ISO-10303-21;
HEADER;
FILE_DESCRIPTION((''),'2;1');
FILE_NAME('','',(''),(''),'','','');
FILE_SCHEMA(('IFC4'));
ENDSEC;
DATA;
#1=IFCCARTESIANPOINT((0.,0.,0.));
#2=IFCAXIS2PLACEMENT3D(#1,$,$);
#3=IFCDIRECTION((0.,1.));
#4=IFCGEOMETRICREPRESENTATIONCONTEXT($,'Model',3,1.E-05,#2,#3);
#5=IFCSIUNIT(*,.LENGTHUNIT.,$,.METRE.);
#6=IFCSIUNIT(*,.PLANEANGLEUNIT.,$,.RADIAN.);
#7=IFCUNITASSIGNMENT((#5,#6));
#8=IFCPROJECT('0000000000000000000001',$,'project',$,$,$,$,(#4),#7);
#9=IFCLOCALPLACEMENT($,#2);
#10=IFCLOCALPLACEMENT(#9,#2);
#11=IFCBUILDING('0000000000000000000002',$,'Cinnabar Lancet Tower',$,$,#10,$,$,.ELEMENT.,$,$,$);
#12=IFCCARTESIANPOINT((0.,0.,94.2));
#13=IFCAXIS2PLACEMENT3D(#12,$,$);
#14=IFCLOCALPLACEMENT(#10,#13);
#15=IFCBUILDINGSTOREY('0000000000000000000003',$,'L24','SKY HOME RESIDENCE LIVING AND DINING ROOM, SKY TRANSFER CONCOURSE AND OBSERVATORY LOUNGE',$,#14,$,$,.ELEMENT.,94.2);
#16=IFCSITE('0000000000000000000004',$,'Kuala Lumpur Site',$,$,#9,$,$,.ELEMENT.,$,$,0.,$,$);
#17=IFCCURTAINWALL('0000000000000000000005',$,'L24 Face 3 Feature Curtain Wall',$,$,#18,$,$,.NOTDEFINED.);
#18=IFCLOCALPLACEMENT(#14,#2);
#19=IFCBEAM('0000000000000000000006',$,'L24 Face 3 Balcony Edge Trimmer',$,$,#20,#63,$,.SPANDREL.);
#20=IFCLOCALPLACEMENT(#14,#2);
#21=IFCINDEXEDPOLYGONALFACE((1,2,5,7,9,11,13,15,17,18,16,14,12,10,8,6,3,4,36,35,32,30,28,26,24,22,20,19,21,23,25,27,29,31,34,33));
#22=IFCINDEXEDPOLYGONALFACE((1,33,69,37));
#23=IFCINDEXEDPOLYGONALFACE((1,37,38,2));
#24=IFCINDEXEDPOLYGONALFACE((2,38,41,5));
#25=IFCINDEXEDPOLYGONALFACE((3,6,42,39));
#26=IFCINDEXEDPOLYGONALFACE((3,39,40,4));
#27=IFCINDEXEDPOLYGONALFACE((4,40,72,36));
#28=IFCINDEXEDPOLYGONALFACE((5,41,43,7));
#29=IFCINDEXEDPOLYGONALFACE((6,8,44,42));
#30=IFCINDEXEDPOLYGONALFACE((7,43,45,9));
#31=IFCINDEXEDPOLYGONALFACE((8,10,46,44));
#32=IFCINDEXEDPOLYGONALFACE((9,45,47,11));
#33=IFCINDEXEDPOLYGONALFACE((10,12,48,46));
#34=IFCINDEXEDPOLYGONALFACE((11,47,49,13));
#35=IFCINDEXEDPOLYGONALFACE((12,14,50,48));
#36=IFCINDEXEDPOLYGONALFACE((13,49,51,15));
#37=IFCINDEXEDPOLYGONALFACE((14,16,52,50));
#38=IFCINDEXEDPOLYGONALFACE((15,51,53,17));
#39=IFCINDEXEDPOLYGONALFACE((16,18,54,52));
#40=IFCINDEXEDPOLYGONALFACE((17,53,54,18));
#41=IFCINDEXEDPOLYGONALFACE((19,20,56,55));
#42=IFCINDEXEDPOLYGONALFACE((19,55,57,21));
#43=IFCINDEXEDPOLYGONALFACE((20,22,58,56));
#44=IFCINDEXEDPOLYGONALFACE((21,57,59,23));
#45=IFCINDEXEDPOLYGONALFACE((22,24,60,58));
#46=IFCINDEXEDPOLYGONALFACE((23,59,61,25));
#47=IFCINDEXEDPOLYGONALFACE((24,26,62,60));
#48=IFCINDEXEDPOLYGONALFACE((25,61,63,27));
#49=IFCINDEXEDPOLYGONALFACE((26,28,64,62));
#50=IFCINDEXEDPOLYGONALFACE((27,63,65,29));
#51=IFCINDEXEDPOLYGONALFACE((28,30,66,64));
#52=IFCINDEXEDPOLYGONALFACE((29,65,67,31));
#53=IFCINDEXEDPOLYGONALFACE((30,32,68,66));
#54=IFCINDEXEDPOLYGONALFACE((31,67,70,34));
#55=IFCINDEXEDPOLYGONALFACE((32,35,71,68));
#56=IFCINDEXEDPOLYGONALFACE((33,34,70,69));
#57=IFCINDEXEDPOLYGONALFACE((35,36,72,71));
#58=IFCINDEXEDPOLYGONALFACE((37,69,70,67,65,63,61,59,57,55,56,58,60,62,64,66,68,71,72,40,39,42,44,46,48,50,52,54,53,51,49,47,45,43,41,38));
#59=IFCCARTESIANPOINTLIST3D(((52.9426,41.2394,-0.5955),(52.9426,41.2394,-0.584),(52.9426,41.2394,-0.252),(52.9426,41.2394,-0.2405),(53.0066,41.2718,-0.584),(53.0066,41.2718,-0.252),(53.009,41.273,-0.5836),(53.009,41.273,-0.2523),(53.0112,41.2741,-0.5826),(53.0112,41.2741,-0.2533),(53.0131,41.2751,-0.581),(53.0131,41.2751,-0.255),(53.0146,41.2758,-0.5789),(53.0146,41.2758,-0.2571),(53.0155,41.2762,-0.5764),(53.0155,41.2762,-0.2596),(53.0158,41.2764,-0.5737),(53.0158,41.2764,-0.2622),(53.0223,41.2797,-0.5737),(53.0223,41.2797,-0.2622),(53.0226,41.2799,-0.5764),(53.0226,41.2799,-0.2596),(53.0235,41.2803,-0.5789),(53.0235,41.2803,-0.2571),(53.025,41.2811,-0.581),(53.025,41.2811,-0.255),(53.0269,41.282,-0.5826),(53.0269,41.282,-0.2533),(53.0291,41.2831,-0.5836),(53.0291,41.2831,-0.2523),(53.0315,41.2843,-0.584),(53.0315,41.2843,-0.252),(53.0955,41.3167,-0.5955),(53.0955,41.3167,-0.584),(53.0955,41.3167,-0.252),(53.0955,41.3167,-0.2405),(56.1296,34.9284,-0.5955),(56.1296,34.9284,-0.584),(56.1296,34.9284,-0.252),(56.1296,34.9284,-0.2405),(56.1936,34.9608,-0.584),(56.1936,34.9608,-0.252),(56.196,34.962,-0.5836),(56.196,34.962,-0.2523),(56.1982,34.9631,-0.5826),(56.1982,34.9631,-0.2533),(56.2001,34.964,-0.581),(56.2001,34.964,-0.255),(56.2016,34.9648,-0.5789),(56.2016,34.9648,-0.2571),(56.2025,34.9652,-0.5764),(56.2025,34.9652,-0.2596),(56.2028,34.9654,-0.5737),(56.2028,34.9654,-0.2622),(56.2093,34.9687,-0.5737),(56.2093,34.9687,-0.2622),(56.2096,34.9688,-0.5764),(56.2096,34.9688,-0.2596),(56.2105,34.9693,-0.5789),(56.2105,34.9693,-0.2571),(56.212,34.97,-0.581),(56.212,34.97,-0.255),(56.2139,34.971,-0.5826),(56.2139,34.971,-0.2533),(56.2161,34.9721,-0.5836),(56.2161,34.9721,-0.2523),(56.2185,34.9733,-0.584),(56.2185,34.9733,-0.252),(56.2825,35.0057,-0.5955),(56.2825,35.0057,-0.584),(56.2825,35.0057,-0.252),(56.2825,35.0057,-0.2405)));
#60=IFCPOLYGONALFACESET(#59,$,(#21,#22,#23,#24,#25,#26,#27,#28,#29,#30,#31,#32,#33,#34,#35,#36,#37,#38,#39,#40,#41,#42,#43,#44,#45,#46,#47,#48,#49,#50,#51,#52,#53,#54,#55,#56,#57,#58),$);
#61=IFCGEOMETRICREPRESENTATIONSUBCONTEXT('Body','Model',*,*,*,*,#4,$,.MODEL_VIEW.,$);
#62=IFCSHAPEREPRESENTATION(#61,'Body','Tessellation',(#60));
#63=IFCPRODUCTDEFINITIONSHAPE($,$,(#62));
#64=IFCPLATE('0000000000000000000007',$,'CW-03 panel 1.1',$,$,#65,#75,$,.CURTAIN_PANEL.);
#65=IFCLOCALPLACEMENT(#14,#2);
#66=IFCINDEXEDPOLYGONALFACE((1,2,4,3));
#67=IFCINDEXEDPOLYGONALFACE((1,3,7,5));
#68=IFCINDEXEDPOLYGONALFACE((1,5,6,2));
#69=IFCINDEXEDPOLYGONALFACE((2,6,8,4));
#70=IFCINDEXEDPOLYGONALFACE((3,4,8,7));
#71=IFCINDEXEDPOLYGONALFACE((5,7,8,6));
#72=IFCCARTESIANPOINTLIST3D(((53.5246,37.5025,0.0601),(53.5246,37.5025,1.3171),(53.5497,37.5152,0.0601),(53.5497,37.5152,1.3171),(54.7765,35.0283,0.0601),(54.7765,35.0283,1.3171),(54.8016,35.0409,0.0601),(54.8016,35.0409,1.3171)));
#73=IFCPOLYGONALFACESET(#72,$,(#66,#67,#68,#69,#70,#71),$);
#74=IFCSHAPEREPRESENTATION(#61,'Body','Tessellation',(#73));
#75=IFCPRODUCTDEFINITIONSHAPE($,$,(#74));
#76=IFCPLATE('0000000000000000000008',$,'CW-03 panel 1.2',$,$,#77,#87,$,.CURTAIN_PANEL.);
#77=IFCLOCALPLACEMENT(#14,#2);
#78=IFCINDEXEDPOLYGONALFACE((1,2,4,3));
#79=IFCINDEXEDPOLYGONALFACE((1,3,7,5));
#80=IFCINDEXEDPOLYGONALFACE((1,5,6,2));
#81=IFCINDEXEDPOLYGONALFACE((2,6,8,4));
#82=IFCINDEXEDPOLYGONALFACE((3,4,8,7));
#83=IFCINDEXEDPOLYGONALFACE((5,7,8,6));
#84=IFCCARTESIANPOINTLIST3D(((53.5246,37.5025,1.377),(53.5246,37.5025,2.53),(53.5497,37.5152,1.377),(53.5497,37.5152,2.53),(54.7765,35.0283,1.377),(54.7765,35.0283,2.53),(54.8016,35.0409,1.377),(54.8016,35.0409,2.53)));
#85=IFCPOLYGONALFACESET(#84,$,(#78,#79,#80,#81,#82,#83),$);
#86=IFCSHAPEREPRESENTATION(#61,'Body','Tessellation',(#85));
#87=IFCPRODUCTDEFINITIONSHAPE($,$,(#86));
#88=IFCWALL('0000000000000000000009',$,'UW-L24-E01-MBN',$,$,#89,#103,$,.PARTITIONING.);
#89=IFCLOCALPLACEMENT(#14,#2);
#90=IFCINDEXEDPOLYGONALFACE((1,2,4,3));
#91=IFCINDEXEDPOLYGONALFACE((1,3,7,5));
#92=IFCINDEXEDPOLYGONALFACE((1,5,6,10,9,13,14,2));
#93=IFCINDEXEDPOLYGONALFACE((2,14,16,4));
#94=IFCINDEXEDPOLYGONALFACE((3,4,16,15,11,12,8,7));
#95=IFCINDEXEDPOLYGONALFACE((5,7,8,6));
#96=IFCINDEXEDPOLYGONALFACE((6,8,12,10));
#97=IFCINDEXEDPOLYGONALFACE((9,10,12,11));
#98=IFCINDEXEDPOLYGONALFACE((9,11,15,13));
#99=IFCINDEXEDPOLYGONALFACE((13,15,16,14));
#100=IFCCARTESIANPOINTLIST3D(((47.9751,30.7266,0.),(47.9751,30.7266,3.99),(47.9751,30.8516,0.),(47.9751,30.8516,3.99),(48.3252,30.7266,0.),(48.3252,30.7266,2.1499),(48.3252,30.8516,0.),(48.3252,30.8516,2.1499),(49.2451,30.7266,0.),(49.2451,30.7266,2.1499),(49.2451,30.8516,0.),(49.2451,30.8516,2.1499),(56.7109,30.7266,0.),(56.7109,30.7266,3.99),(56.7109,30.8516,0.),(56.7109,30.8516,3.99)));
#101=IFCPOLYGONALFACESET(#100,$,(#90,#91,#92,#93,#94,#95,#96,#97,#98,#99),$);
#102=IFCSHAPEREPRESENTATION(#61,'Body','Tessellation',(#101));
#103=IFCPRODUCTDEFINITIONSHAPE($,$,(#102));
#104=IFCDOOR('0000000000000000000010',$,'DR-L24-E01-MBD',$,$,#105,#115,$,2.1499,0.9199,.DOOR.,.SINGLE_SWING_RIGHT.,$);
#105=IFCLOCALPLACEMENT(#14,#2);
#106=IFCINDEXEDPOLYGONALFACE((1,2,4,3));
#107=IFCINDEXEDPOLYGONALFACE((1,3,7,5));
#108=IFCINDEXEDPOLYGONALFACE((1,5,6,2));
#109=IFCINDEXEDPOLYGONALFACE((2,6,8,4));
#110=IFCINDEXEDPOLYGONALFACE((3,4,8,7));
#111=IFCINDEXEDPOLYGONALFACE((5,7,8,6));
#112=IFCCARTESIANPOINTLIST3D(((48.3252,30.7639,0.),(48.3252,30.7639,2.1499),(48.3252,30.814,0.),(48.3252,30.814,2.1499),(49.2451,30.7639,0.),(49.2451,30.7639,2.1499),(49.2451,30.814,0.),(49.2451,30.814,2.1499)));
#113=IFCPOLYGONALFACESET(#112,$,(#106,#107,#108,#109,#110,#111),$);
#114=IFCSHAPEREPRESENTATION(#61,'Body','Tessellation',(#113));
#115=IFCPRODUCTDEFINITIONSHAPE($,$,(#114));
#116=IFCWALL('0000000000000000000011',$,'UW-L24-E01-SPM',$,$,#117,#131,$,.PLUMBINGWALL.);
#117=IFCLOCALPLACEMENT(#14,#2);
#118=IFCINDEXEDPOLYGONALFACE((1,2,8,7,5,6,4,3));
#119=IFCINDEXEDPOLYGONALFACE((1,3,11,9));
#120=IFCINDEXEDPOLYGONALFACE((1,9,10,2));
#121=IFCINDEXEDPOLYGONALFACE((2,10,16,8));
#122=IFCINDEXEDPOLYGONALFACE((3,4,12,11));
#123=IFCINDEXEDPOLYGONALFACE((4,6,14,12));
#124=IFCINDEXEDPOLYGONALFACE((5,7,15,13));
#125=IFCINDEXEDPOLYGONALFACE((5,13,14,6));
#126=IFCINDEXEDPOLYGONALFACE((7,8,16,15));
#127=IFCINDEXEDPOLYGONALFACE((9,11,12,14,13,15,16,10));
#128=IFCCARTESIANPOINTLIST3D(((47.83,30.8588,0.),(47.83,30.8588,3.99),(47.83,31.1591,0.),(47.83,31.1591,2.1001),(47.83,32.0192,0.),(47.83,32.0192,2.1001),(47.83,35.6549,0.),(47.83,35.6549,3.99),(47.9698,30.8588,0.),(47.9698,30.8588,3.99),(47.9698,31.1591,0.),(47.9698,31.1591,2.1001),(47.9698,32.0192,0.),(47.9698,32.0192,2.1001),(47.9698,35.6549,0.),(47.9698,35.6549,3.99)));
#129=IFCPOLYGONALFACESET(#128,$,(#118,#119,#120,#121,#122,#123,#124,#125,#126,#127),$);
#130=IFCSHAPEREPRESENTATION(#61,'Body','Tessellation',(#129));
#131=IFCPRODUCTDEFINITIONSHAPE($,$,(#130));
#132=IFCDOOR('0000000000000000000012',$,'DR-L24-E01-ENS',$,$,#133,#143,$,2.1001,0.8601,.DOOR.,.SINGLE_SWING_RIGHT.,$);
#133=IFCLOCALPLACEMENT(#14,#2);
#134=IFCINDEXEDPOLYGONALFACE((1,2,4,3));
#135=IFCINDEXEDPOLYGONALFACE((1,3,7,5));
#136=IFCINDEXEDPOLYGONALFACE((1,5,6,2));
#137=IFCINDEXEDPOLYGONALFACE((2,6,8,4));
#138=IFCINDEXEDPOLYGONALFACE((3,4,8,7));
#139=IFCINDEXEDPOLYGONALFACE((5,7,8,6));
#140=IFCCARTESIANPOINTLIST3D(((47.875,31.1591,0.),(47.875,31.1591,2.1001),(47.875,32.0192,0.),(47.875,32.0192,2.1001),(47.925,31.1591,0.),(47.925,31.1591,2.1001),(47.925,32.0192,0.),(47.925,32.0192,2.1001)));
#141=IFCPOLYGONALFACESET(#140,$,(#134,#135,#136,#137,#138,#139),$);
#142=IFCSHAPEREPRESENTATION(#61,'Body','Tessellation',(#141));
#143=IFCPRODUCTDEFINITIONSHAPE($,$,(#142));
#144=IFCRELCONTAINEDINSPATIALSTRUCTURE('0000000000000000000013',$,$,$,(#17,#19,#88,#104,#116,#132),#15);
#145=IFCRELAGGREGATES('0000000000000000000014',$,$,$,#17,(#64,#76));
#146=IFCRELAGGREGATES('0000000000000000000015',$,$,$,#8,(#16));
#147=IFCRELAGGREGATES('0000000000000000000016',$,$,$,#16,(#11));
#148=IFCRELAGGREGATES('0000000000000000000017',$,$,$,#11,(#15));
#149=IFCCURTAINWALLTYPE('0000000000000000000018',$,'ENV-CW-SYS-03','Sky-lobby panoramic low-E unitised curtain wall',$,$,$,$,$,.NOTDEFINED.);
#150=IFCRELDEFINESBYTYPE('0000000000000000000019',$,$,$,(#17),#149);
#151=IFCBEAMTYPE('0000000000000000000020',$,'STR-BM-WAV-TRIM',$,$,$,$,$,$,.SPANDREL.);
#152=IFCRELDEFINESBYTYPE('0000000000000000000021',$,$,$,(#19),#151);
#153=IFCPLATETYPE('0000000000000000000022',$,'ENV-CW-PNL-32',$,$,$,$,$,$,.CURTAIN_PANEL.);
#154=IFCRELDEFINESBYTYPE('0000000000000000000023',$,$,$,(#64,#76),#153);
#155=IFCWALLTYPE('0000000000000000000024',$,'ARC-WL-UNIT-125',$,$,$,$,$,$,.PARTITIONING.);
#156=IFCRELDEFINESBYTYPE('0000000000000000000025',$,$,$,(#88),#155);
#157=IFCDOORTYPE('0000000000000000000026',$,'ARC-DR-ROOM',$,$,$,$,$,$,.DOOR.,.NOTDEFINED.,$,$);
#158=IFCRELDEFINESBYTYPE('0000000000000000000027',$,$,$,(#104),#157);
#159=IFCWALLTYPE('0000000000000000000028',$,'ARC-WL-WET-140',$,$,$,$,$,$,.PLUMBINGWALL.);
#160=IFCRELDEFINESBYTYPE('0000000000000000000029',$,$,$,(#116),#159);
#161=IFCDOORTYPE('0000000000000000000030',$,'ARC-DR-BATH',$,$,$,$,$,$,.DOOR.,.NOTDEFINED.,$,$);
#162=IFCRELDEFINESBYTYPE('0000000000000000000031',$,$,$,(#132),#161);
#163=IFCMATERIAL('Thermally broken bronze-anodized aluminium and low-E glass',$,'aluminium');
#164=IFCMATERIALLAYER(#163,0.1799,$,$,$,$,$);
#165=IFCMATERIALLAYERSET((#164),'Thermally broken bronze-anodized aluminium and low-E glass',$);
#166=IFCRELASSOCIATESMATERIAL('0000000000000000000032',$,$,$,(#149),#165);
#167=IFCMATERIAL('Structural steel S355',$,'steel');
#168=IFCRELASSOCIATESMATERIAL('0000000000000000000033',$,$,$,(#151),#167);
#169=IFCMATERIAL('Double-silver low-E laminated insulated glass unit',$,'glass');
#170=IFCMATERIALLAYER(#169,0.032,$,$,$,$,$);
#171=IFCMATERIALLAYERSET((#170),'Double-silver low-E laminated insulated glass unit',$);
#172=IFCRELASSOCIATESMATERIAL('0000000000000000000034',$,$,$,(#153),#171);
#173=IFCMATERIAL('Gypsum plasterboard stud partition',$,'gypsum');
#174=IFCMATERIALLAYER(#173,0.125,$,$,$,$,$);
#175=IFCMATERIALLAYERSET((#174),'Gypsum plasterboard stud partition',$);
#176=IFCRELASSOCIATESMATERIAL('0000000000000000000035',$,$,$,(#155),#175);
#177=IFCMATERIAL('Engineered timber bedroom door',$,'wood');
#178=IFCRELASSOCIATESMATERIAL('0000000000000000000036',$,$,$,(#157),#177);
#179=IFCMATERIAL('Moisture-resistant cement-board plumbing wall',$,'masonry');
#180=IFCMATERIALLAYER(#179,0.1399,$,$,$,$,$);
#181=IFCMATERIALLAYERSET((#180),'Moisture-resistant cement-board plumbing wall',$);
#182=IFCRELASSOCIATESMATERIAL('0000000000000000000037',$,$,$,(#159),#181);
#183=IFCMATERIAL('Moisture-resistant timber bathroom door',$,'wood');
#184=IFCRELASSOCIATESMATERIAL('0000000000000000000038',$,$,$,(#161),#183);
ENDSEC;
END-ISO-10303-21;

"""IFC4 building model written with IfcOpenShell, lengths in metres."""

from ifc_helpers import new_model, si_unit, direction, frame, frame_2d, origin, origin_2d, place, context, subcontext, project, spatial, rectangle, i_section, extrude, material, layer, layer_set, material_profile, profile_set, type_object, element, fill, aggregate, save


model = new_model("IFC4")

# Units and contexts
model_context = context("Model", 3, precision=1e-05, world=origin(), true_north=direction((0.0, 1.0)))
body_context = subcontext(model_context, "Body", "Model", "MODEL_VIEW")
ifc_project = project(units=[si_unit("LENGTHUNIT", "METRE"), si_unit("PLANEANGLEUNIT", "RADIAN")], contexts=[model_context])

# Site, building, storey
site_placement = place(None, origin())
site = spatial("IfcSite", under=ifc_project, at=site_placement, Name="Kuala Lumpur Site", CompositionType="ELEMENT", RefElevation=0.0)
building_placement = place(site_placement, origin())
building = spatial("IfcBuilding", under=site, at=building_placement, Name="Cinnabar Lancet Tower", CompositionType="ELEMENT")
storey_placement = place(building_placement, frame((0.0, 0.0, 94.2)))
storey = spatial("IfcBuildingStorey", under=building, at=storey_placement, Name="L24", Description="SKY HOME RESIDENCE LIVING AND DINING ROOM, SKY TRANSFER CONCOURSE AND OBSERVATORY LOUNGE", CompositionType="ELEMENT", Elevation=94.2)

# Curtain wall
ifc_material_1 = material(Name="Thermally broken bronze-anodized aluminium and low-E glass", Category="aluminium")
ifc_layer_1 = layer(ifc_material_1, 0.1799)
ifc_layer_set_1 = layer_set([ifc_layer_1], Name="Thermally broken bronze-anodized aluminium and low-E glass")
curtain_wall_type = type_object("IfcCurtainWallType", Name="ENV-CW-SYS-03", Description="Sky-lobby panoramic low-E unitised curtain wall", PredefinedType="NOTDEFINED", material=ifc_layer_set_1)
curtain_wall_placement = place(storey_placement, origin())
curtain_wall = element("IfcCurtainWall", 1, at=curtain_wall_placement, inside=storey, type_object=curtain_wall_type, Name="L24 Face 3 Feature Curtain Wall", PredefinedType="NOTDEFINED")

# Beam
ifc_material_2 = material(Name="Structural steel S355", Category="steel")
ifc_material_profile_1 = material_profile(ifc_material_2, i_section(OverallWidth=0.1714, OverallDepth=0.355, WebThickness=0.0073, FlangeThickness=0.0115, FilletRadius=0.0103, at=origin_2d()), Name="UKB 356x171x51")
ifc_profile_set_1 = profile_set([ifc_material_profile_1], Name="Structural steel S355")
beam_type_1 = type_object("IfcBeamType", Name="STR-BM-WAV-TRIM", PredefinedType="SPANDREL", material=ifc_profile_set_1)
beam_1_placement = place(storey_placement, frame((56.2061, 34.967, -0.418), z_axis=(-0.450774, 0.892638, 0.0), x_axis=(-0.892638, -0.450774, 0.0)))
element("IfcBeam", 2, at=beam_1_placement, inside=storey, type_object=beam_type_1, Name="L24 Face 3 Balcony Edge Trimmer", PredefinedType="SPANDREL", context=body_context, shape_type="SweptSolid", body=[
    extrude(i_section(OverallWidth=0.1714, OverallDepth=0.355, WebThickness=0.0073, FlangeThickness=0.0115, FilletRadius=0.0103, at=origin_2d()), origin(), (0.0, 0.0, 1.0), 7.0701),
])

# Plates
ifc_material_3 = material(Name="Double-silver low-E laminated insulated glass unit", Category="glass")
ifc_layer_2 = layer(ifc_material_3, 0.032)
ifc_layer_set_2 = layer_set([ifc_layer_2], Name="Double-silver low-E laminated insulated glass unit")
plate_type = type_object("IfcPlateType", Name="ENV-CW-PNL-32", PredefinedType="CURTAIN_PANEL", material=ifc_layer_set_2)
plate_1_placement = place(storey_placement, frame((54.1631, 36.2717, 0.0601), z_axis=(0.0, 0.0, 1.0), x_axis=(-0.45147, 0.892286, 0.0)))
plate_1 = element("IfcPlate", 3, at=plate_1_placement, type_object=plate_type, Name="CW-03 panel 1.1", PredefinedType="CURTAIN_PANEL", context=body_context, shape_type="SweptSolid", body=[
    extrude(rectangle(XDim=2.7729, YDim=0.0281, at=origin_2d()), origin(), (0.0, 0.0, 1.0), 1.2571),
])
plate_2_placement = place(storey_placement, frame((54.1631, 36.2717, 1.377), z_axis=(0.0, 0.0, 1.0), x_axis=(-0.45147, 0.892286, 0.0)))
plate_2 = element("IfcPlate", 4, at=plate_2_placement, type_object=plate_type, Name="CW-03 panel 1.2", PredefinedType="CURTAIN_PANEL", context=body_context, shape_type="SweptSolid", body=[
    extrude(rectangle(XDim=2.7729, YDim=0.0281, at=origin_2d()), origin(), (0.0, 0.0, 1.0), 1.1531),
])
aggregate(curtain_wall, [plate_1, plate_2])

# Walls, openings, doors
ifc_material_4 = material(Name="Gypsum plasterboard stud partition", Category="gypsum")
ifc_layer_3 = layer(ifc_material_4, 0.125)
ifc_layer_set_3 = layer_set([ifc_layer_3], Name="Gypsum plasterboard stud partition")
wall_type_1 = type_object("IfcWallType", Name="ARC-WL-UNIT-125", PredefinedType="PARTITIONING", material=ifc_layer_set_3)
wall_1_placement = place(storey_placement, frame((47.9751, 30.7891, 0.0), z_axis=(0.0, 0.0, 1.0), x_axis=(1.0, 0.0, 0.0)))
wall_1 = element("IfcWall", 5, at=wall_1_placement, inside=storey, type_object=wall_type_1, Name="UW-L24-E01-MBN", PredefinedType="PARTITIONING", context=body_context, shape_type="SweptSolid", body=[
    extrude(rectangle(XDim=8.7358, YDim=0.125, at=frame_2d((4.3679, 0.0))), origin(), (0.0, 0.0, 1.0), 3.99),
])
opening_1_placement = place(wall_1_placement, frame((0.3501, 0.0, 0.0)))
opening_1 = element("IfcOpeningElement", 6, at=opening_1_placement, cuts=wall_1, PredefinedType="OPENING", context=body_context, shape_type="SweptSolid", body=[
    extrude(rectangle(XDim=0.9199, YDim=2.1499, at=frame_2d((0.46, 1.075))), frame((0.0, 0.0725, 0.0), z_axis=(0.0, -1.0, 0.0), x_axis=(1.0, 0.0, 0.0)), (0.0, 0.0, 1.0), 0.145),
])
ifc_material_5 = material(Name="Engineered timber bedroom door", Category="wood")
door_type_1 = type_object("IfcDoorType", Name="ARC-DR-ROOM", OperationType="NOTDEFINED", PredefinedType="DOOR", material=ifc_material_5)
door_1_placement = place(opening_1_placement, origin())
door_1 = element("IfcDoor", 7, at=door_1_placement, inside=storey, type_object=door_type_1, Name="DR-L24-E01-MBD", OperationType="SINGLE_SWING_RIGHT", OverallHeight=2.1499, OverallWidth=0.9199, PredefinedType="DOOR", context=body_context, shape_type="SweptSolid", body=[
    extrude(rectangle(XDim=0.9199, YDim=2.1499, at=frame_2d((0.46, 1.075))), frame((0.0, 0.0249, 0.0), z_axis=(0.0, -1.0, 0.0), x_axis=(1.0, 0.0, 0.0)), (0.0, 0.0, 1.0), 0.05),
])
fill(opening_1, door_1)
ifc_material_6 = material(Name="Moisture-resistant cement-board plumbing wall", Category="masonry")
ifc_layer_4 = layer(ifc_material_6, 0.1399)
ifc_layer_set_4 = layer_set([ifc_layer_4], Name="Moisture-resistant cement-board plumbing wall")
wall_type_2 = type_object("IfcWallType", Name="ARC-WL-WET-140", PredefinedType="PLUMBINGWALL", material=ifc_layer_set_4)
wall_2_placement = place(storey_placement, frame((47.8999, 30.8589, 0.0), z_axis=(0.0, 0.0, 1.0), x_axis=(0.0, 1.0, 0.0)))
wall_2 = element("IfcWall", 8, at=wall_2_placement, inside=storey, type_object=wall_type_2, Name="UW-L24-E01-SPM", PredefinedType="PLUMBINGWALL", context=body_context, shape_type="SweptSolid", body=[
    extrude(rectangle(XDim=4.7961, YDim=0.1399, at=frame_2d((2.3979, 0.0))), origin(), (0.0, 0.0, 1.0), 3.99),
])
opening_2_placement = place(wall_2_placement, frame((0.3, 0.0, 0.0)))
opening_2 = element("IfcOpeningElement", 9, at=opening_2_placement, cuts=wall_2, PredefinedType="OPENING", context=body_context, shape_type="SweptSolid", body=[
    extrude(rectangle(XDim=0.8601, YDim=2.1001, at=frame_2d((0.4302, 1.05))), frame((0.0, 0.0798, 0.0), z_axis=(0.0, -1.0, 0.0), x_axis=(1.0, 0.0, 0.0)), (0.0, 0.0, 1.0), 0.1599),
])
ifc_material_7 = material(Name="Moisture-resistant timber bathroom door", Category="wood")
door_type_2 = type_object("IfcDoorType", Name="ARC-DR-BATH", OperationType="NOTDEFINED", PredefinedType="DOOR", material=ifc_material_7)
door_2_placement = place(opening_2_placement, origin())
door_2 = element("IfcDoor", 10, at=door_2_placement, inside=storey, type_object=door_type_2, Name="DR-L24-E01-ENS", OperationType="SINGLE_SWING_RIGHT", OverallHeight=2.1001, OverallWidth=0.8601, PredefinedType="DOOR", context=body_context, shape_type="SweptSolid", body=[
    extrude(rectangle(XDim=0.8601, YDim=2.1001, at=frame_2d((0.4302, 1.05))), frame((0.0, 0.0249, 0.0), z_axis=(0.0, -1.0, 0.0), x_axis=(1.0, 0.0, 0.0)), (0.0, 0.0, 1.0), 0.05),
])
fill(opening_2, door_2)

save(model, "model.ifc")
